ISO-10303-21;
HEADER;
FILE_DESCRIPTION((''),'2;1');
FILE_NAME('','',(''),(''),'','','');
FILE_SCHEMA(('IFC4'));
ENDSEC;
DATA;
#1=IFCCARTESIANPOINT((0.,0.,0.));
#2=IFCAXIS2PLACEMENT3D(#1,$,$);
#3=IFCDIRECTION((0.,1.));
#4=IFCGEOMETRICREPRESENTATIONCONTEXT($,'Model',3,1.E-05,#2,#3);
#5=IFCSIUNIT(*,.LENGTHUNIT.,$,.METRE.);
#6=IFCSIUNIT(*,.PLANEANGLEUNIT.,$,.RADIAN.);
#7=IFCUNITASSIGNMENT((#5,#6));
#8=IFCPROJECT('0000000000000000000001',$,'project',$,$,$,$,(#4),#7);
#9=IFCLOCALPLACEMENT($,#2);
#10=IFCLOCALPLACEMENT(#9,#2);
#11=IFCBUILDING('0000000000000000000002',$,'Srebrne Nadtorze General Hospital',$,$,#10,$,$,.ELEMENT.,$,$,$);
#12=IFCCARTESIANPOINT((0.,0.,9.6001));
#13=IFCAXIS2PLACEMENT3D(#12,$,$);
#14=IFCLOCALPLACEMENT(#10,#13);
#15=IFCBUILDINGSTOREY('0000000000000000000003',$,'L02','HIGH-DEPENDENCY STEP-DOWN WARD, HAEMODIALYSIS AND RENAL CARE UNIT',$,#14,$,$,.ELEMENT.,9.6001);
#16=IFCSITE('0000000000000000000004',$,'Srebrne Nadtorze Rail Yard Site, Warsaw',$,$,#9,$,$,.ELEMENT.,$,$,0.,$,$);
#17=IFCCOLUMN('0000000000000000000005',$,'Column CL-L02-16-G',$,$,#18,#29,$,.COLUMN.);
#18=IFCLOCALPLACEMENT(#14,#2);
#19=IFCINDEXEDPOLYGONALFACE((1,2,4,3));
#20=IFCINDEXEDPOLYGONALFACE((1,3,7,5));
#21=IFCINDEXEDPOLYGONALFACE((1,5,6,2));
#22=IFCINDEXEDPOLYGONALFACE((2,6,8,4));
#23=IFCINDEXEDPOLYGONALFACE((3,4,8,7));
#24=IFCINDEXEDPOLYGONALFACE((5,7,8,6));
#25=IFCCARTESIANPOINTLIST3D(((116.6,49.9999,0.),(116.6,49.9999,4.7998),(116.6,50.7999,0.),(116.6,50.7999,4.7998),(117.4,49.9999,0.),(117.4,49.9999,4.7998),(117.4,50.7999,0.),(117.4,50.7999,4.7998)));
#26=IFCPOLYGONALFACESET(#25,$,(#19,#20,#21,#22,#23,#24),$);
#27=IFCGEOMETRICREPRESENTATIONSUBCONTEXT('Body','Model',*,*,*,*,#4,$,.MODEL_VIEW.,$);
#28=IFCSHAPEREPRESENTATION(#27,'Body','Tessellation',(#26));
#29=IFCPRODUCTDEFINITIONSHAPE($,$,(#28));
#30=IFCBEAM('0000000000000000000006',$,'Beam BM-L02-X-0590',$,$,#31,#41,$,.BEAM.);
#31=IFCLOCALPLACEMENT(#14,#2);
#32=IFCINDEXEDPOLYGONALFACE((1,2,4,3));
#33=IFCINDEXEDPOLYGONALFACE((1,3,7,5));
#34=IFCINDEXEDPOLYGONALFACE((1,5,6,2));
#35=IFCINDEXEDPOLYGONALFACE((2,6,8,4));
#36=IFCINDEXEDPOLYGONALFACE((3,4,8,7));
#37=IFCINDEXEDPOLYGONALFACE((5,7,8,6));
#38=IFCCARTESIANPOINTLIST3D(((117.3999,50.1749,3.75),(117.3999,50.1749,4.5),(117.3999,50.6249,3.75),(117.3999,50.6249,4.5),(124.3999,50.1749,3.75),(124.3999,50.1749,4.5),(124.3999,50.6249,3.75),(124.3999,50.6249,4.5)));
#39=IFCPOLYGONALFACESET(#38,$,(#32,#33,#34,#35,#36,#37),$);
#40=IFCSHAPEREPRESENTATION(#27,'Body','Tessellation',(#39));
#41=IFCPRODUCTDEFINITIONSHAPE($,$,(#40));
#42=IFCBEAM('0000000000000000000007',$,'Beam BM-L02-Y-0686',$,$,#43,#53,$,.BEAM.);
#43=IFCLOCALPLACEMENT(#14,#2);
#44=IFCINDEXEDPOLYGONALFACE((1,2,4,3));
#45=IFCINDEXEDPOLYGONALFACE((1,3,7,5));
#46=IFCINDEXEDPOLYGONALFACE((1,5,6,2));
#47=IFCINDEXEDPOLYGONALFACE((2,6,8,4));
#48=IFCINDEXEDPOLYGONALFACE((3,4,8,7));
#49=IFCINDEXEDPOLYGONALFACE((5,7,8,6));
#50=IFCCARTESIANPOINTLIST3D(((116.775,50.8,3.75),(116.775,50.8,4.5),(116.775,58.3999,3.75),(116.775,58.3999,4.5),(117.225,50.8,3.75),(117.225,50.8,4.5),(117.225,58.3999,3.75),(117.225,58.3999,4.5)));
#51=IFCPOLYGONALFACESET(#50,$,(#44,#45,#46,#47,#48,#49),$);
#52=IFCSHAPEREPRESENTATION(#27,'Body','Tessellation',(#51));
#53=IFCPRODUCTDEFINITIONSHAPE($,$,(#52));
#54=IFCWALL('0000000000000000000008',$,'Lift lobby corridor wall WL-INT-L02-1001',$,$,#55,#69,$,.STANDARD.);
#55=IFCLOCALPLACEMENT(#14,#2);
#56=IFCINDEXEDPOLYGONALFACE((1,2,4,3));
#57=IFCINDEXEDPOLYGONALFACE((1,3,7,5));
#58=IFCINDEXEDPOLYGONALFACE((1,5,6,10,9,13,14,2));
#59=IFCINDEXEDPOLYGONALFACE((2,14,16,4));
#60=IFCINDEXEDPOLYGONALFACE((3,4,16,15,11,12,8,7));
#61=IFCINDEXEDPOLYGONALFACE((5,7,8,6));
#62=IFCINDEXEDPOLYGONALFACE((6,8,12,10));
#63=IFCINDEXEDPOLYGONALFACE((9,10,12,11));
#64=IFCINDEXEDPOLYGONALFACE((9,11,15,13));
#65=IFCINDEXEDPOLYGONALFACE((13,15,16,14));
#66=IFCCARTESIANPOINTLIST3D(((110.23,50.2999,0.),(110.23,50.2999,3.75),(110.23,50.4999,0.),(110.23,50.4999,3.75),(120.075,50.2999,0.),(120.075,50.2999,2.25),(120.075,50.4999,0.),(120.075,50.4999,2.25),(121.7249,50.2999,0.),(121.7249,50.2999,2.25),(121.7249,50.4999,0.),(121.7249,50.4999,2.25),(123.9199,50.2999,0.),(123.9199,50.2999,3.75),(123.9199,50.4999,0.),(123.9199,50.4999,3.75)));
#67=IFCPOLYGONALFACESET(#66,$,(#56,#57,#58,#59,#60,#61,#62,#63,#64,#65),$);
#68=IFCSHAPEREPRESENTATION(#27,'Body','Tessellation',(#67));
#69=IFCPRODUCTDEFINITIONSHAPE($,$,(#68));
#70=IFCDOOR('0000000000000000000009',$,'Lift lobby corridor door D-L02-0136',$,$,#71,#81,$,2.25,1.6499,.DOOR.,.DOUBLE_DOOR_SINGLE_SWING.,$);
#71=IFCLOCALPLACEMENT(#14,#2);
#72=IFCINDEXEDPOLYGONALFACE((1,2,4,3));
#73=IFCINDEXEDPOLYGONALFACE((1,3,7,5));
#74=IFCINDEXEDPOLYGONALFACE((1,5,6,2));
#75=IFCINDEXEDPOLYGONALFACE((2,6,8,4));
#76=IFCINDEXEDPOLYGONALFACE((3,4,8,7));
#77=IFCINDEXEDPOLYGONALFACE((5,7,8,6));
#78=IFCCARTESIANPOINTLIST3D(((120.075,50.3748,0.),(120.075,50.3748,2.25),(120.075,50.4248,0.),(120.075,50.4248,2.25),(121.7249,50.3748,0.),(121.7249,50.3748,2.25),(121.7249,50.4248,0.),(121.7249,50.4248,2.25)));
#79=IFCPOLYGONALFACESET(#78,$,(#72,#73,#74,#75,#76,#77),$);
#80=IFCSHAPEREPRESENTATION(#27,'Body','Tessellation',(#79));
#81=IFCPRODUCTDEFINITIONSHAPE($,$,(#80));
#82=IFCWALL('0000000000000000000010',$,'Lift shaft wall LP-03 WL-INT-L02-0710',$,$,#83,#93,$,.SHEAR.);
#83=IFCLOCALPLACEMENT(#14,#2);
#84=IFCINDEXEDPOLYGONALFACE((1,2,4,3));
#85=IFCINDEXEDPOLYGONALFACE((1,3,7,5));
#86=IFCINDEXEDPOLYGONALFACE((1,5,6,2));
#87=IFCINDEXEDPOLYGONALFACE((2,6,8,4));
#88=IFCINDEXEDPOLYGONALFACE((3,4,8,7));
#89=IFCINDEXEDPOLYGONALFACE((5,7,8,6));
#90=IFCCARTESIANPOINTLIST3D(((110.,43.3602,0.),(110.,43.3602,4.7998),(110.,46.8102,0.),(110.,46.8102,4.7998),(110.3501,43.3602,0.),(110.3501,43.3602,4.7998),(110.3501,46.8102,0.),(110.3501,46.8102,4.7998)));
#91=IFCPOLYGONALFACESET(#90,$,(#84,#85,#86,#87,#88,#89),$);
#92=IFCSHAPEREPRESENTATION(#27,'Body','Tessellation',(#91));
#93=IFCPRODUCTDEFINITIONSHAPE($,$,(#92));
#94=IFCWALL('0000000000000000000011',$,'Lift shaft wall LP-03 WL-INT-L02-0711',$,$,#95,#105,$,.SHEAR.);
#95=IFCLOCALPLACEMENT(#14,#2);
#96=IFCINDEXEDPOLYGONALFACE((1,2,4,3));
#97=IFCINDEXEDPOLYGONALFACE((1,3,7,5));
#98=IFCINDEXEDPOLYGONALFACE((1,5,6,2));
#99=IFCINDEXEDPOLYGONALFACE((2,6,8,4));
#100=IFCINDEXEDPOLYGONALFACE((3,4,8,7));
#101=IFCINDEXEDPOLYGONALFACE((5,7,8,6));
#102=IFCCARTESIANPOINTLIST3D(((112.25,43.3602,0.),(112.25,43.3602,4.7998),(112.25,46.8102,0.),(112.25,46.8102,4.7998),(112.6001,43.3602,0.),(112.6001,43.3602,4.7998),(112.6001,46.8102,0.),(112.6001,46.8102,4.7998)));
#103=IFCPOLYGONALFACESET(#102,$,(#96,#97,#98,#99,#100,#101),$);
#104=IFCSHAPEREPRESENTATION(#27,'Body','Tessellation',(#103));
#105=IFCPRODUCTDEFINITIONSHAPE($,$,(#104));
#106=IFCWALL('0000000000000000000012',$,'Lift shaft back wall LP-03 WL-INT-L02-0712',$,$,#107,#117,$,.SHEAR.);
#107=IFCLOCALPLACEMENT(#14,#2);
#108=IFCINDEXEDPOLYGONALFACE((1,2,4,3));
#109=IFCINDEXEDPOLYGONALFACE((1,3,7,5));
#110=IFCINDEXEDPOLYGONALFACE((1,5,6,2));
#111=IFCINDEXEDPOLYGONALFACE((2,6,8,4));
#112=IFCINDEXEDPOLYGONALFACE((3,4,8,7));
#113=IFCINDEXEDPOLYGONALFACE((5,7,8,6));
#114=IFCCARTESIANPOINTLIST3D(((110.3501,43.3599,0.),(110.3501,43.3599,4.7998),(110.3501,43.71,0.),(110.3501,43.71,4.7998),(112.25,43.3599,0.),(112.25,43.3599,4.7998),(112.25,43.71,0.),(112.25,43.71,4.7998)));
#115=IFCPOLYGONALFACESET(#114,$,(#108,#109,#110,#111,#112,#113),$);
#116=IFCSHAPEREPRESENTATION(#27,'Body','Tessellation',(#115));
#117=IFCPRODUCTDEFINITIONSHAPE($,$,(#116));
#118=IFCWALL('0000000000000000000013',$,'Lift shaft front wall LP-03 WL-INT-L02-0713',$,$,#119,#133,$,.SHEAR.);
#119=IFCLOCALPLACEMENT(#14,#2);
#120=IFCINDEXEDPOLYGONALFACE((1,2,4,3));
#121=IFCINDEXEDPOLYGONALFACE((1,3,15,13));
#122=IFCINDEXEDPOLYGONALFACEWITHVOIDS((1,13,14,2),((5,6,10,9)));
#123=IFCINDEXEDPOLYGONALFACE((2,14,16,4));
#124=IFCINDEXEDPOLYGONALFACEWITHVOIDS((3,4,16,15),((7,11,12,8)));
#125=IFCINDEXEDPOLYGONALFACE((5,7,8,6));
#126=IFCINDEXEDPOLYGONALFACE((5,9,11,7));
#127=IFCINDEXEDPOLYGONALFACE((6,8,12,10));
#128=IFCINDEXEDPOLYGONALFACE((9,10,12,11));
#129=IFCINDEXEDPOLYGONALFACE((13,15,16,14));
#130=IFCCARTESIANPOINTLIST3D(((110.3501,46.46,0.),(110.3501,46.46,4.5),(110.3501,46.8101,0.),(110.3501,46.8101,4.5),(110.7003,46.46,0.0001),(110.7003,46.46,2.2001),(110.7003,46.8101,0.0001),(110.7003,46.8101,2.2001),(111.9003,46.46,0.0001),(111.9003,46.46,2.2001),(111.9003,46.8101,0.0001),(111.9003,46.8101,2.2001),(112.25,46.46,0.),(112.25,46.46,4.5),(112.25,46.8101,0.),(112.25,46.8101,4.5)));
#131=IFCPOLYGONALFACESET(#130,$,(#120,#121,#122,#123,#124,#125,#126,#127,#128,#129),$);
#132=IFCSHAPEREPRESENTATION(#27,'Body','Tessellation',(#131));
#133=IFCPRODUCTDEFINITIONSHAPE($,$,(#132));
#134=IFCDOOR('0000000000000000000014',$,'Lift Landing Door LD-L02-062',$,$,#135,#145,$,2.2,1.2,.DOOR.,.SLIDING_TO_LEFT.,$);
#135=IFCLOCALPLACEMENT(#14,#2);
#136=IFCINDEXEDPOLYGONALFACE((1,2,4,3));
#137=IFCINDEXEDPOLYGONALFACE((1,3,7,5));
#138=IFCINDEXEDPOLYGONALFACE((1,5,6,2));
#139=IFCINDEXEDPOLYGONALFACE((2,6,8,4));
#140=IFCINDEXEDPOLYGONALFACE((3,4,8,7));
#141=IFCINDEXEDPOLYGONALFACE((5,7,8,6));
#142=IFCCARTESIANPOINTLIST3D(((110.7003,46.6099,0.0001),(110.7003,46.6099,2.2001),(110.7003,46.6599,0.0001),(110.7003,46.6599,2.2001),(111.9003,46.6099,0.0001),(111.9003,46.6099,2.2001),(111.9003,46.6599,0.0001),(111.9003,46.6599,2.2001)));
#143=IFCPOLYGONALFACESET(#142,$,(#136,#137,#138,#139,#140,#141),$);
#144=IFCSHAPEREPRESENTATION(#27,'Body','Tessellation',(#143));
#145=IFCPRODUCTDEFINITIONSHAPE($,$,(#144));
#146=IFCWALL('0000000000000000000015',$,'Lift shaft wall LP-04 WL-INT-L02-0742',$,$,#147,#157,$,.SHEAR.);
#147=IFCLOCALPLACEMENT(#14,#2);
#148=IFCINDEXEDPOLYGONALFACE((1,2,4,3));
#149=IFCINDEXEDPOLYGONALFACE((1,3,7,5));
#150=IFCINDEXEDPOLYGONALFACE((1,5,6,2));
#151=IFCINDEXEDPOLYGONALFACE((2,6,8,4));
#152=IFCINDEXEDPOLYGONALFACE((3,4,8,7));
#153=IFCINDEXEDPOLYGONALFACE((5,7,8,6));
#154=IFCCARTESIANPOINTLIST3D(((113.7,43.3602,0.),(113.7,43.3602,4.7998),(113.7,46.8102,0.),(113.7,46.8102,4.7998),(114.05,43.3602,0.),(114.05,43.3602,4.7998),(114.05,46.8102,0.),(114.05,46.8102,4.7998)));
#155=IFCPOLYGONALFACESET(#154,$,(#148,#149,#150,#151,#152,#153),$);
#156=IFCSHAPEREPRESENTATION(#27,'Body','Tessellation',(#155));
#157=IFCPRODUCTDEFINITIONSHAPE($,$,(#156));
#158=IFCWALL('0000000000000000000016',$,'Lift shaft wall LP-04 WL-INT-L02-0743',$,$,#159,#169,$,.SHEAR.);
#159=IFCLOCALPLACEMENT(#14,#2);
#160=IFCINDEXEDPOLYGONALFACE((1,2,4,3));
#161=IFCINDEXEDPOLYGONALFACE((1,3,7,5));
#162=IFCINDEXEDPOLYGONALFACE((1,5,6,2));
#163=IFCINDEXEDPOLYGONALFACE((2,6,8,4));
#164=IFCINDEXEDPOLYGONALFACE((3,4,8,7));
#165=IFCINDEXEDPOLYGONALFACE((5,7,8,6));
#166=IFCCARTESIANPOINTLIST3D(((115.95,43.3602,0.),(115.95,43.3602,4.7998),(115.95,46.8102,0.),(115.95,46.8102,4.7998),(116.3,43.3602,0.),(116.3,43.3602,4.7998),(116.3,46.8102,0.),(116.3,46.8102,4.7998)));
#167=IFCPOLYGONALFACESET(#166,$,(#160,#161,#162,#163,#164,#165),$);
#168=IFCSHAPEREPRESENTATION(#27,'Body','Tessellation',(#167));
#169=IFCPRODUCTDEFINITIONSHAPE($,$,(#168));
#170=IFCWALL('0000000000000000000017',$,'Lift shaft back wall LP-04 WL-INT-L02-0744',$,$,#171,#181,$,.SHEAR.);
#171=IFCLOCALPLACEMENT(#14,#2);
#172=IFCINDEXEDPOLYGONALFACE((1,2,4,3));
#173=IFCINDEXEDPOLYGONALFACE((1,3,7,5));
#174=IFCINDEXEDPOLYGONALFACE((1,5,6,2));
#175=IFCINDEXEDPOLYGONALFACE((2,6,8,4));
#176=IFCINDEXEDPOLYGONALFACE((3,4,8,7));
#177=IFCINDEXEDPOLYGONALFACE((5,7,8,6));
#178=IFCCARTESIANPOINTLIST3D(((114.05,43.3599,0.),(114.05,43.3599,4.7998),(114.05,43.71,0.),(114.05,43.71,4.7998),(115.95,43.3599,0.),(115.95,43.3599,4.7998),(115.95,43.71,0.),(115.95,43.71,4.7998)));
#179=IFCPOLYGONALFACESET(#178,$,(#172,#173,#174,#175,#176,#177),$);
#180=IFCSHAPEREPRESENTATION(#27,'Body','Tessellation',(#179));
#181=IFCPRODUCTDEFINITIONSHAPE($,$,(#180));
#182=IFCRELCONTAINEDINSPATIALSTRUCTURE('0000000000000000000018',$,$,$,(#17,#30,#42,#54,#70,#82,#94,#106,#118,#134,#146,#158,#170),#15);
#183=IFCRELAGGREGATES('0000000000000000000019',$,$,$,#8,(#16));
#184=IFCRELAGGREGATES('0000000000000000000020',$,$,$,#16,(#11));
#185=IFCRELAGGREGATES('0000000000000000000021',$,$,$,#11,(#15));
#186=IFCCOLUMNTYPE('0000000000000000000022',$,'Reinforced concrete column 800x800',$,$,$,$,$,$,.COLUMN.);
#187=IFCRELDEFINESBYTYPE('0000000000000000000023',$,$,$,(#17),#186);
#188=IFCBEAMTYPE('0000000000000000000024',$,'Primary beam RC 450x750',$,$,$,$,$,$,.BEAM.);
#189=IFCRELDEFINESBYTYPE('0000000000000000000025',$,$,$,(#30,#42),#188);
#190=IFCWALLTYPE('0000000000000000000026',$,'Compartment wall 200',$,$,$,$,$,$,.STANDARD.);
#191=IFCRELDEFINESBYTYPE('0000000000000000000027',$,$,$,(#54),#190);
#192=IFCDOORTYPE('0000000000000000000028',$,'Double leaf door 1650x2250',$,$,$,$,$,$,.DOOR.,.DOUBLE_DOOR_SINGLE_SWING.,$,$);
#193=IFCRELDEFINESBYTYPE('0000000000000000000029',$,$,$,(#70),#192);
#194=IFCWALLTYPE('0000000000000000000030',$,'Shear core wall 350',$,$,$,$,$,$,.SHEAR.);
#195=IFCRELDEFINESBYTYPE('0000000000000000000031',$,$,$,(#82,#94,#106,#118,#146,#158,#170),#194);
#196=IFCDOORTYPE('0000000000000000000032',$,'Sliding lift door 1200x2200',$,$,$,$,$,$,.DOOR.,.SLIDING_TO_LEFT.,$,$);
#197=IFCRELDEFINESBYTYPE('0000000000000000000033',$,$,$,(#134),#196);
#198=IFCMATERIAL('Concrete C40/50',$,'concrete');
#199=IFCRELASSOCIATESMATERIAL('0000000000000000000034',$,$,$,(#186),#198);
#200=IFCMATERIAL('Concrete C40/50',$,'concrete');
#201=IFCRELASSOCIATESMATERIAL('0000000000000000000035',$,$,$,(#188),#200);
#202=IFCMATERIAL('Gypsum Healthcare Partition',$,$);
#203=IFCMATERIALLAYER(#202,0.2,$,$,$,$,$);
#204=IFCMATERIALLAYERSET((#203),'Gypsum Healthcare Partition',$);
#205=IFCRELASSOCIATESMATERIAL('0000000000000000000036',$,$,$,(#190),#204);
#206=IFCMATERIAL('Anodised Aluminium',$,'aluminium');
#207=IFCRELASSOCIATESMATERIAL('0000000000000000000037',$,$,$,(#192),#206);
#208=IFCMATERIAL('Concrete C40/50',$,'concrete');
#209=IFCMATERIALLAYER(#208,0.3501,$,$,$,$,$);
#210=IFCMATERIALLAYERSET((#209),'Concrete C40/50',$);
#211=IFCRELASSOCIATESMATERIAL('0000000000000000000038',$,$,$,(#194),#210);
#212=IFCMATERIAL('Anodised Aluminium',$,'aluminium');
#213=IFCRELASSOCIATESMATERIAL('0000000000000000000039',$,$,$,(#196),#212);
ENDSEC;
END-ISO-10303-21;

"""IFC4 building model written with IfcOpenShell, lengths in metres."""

from ifc_helpers import new_model, si_unit, direction, frame, frame_2d, origin, origin_2d, place, context, subcontext, project, spatial, rectangle, extrude, material, layer, layer_set, material_profile, profile_set, type_object, element, fill, save


model = new_model("IFC4")

# Units and contexts
model_context = context("Model", 3, precision=1e-05, world=origin(), true_north=direction((0.0, 1.0)))
body_context = subcontext(model_context, "Body", "Model", "MODEL_VIEW")
ifc_project = project(units=[si_unit("LENGTHUNIT", "METRE"), si_unit("PLANEANGLEUNIT", "RADIAN")], contexts=[model_context])

# Site, building, storey
site_placement = place(None, origin())
site = spatial("IfcSite", under=ifc_project, at=site_placement, Name="Srebrne Nadtorze Rail Yard Site, Warsaw", CompositionType="ELEMENT", RefElevation=0.0)
building_placement = place(site_placement, origin())
building = spatial("IfcBuilding", under=site, at=building_placement, Name="Srebrne Nadtorze General Hospital", CompositionType="ELEMENT")
storey_placement = place(building_placement, frame((0.0, 0.0, 9.6001)))
storey = spatial("IfcBuildingStorey", under=building, at=storey_placement, Name="L02", Description="HIGH-DEPENDENCY STEP-DOWN WARD, HAEMODIALYSIS AND RENAL CARE UNIT", CompositionType="ELEMENT", Elevation=9.6001)

# Column
ifc_material_1 = material(Name="Concrete C40/50", Category="concrete")
ifc_material_profile_1 = material_profile(ifc_material_1, rectangle(XDim=0.8, YDim=0.8, at=origin_2d()), Name="RC-COL-800x800")
ifc_profile_set_1 = profile_set([ifc_material_profile_1], Name="Concrete C40/50")
column_type = type_object("IfcColumnType", Name="Reinforced concrete column 800x800", PredefinedType="COLUMN", material=ifc_profile_set_1)
column_placement = place(storey_placement, frame((117.0, 50.3999, 0.0), z_axis=(0.0, 0.0, 1.0), x_axis=(1.0, 0.0, 0.0)))
element("IfcColumn", 1, at=column_placement, inside=storey, type_object=column_type, Name="Column CL-L02-16-G", PredefinedType="COLUMN", context=body_context, shape_type="SweptSolid", body=[
    extrude(rectangle(XDim=0.8, YDim=0.8, at=origin_2d()), origin(), (0.0, 0.0, 1.0), 4.7998),
])

# Beams
ifc_material_2 = material(Name="Concrete C40/50", Category="concrete")
ifc_material_profile_2 = material_profile(ifc_material_2, rectangle(XDim=0.45, YDim=0.75, at=origin_2d()), Name="RC-BM-450x750")
ifc_profile_set_2 = profile_set([ifc_material_profile_2], Name="Concrete C40/50")
beam_type = type_object("IfcBeamType", Name="Primary beam RC 450x750", PredefinedType="BEAM", material=ifc_profile_set_2)
beam_1_placement = place(storey_placement, frame((117.3999, 50.3999, 4.125), z_axis=(1.0, 0.0, 0.0), x_axis=(0.0, 1.0, 0.0)))
element("IfcBeam", 2, at=beam_1_placement, inside=storey, type_object=beam_type, Name="Beam BM-L02-X-0590", PredefinedType="BEAM", context=body_context, shape_type="SweptSolid", body=[
    extrude(rectangle(XDim=0.45, YDim=0.75, at=origin_2d()), origin(), (0.0, 0.0, 1.0), 7.0),
])
beam_2_placement = place(storey_placement, frame((117.0, 50.8, 4.125), z_axis=(0.0, 1.0, 0.0), x_axis=(-1.0, 0.0, 0.0)))
element("IfcBeam", 3, at=beam_2_placement, inside=storey, type_object=beam_type, Name="Beam BM-L02-Y-0686", PredefinedType="BEAM", context=body_context, shape_type="SweptSolid", body=[
    extrude(rectangle(XDim=0.45, YDim=0.75, at=origin_2d()), origin(), (0.0, 0.0, 1.0), 7.5999),
])

# Wall, opening, door
ifc_material_3 = material(Name="Gypsum Healthcare Partition")
ifc_layer_1 = layer(ifc_material_3, 0.2)
ifc_layer_set_1 = layer_set([ifc_layer_1], Name="Gypsum Healthcare Partition")
wall_type_1 = type_object("IfcWallType", Name="Compartment wall 200", PredefinedType="STANDARD", material=ifc_layer_set_1)
wall_1_placement = place(storey_placement, frame((110.23, 50.3999, 0.0), z_axis=(0.0, 0.0, 1.0), x_axis=(1.0, 0.0, 0.0)))
wall_1 = element("IfcWall", 4, at=wall_1_placement, inside=storey, type_object=wall_type_1, Name="Lift lobby corridor wall WL-INT-L02-1001", PredefinedType="STANDARD", context=body_context, shape_type="SweptSolid", body=[
    extrude(rectangle(XDim=13.6899, YDim=0.2, at=frame_2d((6.845, 0.0))), origin(), (0.0, 0.0, 1.0), 3.75),
])
opening_1_placement = place(wall_1_placement, frame((9.845, 0.0, 0.0)))
opening_1 = element("IfcOpeningElement", 5, at=opening_1_placement, cuts=wall_1, PredefinedType="OPENING", context=body_context, shape_type="SweptSolid", body=[
    extrude(rectangle(XDim=1.6499, YDim=2.25, at=frame_2d((0.825, 1.125))), frame((0.0, 0.1118, 0.0), z_axis=(0.0, -1.0, 0.0), x_axis=(1.0, 0.0, 0.0)), (0.0, 0.0, 1.0), 0.2239),
])
ifc_material_4 = material(Name="Anodised Aluminium", Category="aluminium")
door_type_1 = type_object("IfcDoorType", Name="Double leaf door 1650x2250", OperationType="DOUBLE_DOOR_SINGLE_SWING", PredefinedType="DOOR", material=ifc_material_4)
door_1_placement = place(opening_1_placement, origin())
door_1 = element("IfcDoor", 6, at=door_1_placement, inside=storey, type_object=door_type_1, Name="Lift lobby corridor door D-L02-0136", OperationType="DOUBLE_DOOR_SINGLE_SWING", OverallHeight=2.25, OverallWidth=1.6499, PredefinedType="DOOR", context=body_context, shape_type="SweptSolid", body=[
    extrude(rectangle(XDim=1.6499, YDim=2.25, at=frame_2d((0.825, 1.125))), frame((0.0, 0.0249, 0.0), z_axis=(0.0, -1.0, 0.0), x_axis=(1.0, 0.0, 0.0)), (0.0, 0.0, 1.0), 0.05),
])
fill(opening_1, door_1)

# Walls
ifc_material_5 = material(Name="Concrete C40/50", Category="concrete")
ifc_layer_2 = layer(ifc_material_5, 0.3501)
ifc_layer_set_2 = layer_set([ifc_layer_2], Name="Concrete C40/50")
wall_type_2 = type_object("IfcWallType", Name="Shear core wall 350", PredefinedType="SHEAR", material=ifc_layer_set_2)
for number, where, z_axis, x_axis, name in (
    (7, (110.175, 43.3601, 0.0), (0.0, 0.0, 1.0), (0.0, 1.0, 0.0), "Lift shaft wall LP-03 WL-INT-L02-0710"),
    (8, (112.425, 43.3601, 0.0), (0.0, 0.0, 1.0), (0.0, 1.0, 0.0), "Lift shaft wall LP-03 WL-INT-L02-0711"),
):
    element("IfcWall", number, at=place(storey_placement, frame(where, z_axis=z_axis, x_axis=x_axis)), inside=storey, type_object=wall_type_2, Name=name, PredefinedType="SHEAR", context=body_context, shape_type="SweptSolid", body=[
        extrude(rectangle(XDim=3.45, YDim=0.3501, at=frame_2d((1.7251, 0.0))), origin(), (0.0, 0.0, 1.0), 4.7998),
    ])
wall_2_placement = place(storey_placement, frame((110.3501, 43.5349, 0.0), z_axis=(0.0, 0.0, 1.0), x_axis=(1.0, 0.0, 0.0)))
element("IfcWall", 9, at=wall_2_placement, inside=storey, type_object=wall_type_2, Name="Lift shaft back wall LP-03 WL-INT-L02-0712", PredefinedType="SHEAR", context=body_context, shape_type="SweptSolid", body=[
    extrude(rectangle(XDim=1.8999, YDim=0.3501, at=frame_2d((0.95, 0.0))), origin(), (0.0, 0.0, 1.0), 4.7998),
])

# Wall, opening, door
wall_3_placement = place(storey_placement, frame((110.3501, 46.635, 0.0), z_axis=(0.0, 0.0, 1.0), x_axis=(1.0, 0.0, 0.0)))
wall_3 = element("IfcWall", 10, at=wall_3_placement, inside=storey, type_object=wall_type_2, Name="Lift shaft front wall LP-03 WL-INT-L02-0713", PredefinedType="SHEAR", context=body_context, shape_type="SweptSolid", body=[
    extrude(rectangle(XDim=1.8999, YDim=0.3501, at=frame_2d((0.95, 0.0))), origin(), (0.0, 0.0, 1.0), 4.5),
])
opening_2_placement = place(wall_3_placement, frame((0.3501, 0.0, 0.0)))
opening_2 = element("IfcOpeningElement", 11, at=opening_2_placement, cuts=wall_3, PredefinedType="OPENING", context=body_context, shape_type="SweptSolid", body=[
    extrude(rectangle(XDim=1.2, YDim=2.2, at=frame_2d((0.6001, 1.1001))), frame((0.0, 0.187, 0.0), z_axis=(0.0, -1.0, 0.0), x_axis=(1.0, 0.0, 0.0)), (0.0, 0.0, 1.0), 0.374),
])
ifc_material_6 = material(Name="Anodised Aluminium", Category="aluminium")
door_type_2 = type_object("IfcDoorType", Name="Sliding lift door 1200x2200", OperationType="SLIDING_TO_LEFT", PredefinedType="DOOR", material=ifc_material_6)
door_2_placement = place(opening_2_placement, origin())
door_2 = element("IfcDoor", 12, at=door_2_placement, inside=storey, type_object=door_type_2, Name="Lift Landing Door LD-L02-062", OperationType="SLIDING_TO_LEFT", OverallHeight=2.2, OverallWidth=1.2, PredefinedType="DOOR", context=body_context, shape_type="SweptSolid", body=[
    extrude(rectangle(XDim=1.2, YDim=2.2, at=frame_2d((0.6001, 1.1001))), frame((0.0, 0.0249, 0.0), z_axis=(0.0, -1.0, 0.0), x_axis=(1.0, 0.0, 0.0)), (0.0, 0.0, 1.0), 0.05),
])
fill(opening_2, door_2)

# Walls
for number, where, z_axis, x_axis, name in (
    (13, (113.875, 43.3601, 0.0), (0.0, 0.0, 1.0), (0.0, 1.0, 0.0), "Lift shaft wall LP-04 WL-INT-L02-0742"),
    (14, (116.125, 43.3601, 0.0), (0.0, 0.0, 1.0), (0.0, 1.0, 0.0), "Lift shaft wall LP-04 WL-INT-L02-0743"),
):
    element("IfcWall", number, at=place(storey_placement, frame(where, z_axis=z_axis, x_axis=x_axis)), inside=storey, type_object=wall_type_2, Name=name, PredefinedType="SHEAR", context=body_context, shape_type="SweptSolid", body=[
        extrude(rectangle(XDim=3.45, YDim=0.3501, at=frame_2d((1.7251, 0.0))), origin(), (0.0, 0.0, 1.0), 4.7998),
    ])
wall_4_placement = place(storey_placement, frame((114.05, 43.5349, 0.0), z_axis=(0.0, 0.0, 1.0), x_axis=(1.0, 0.0, 0.0)))
element("IfcWall", 15, at=wall_4_placement, inside=storey, type_object=wall_type_2, Name="Lift shaft back wall LP-04 WL-INT-L02-0744", PredefinedType="SHEAR", context=body_context, shape_type="SweptSolid", body=[
    extrude(rectangle(XDim=1.8999, YDim=0.3501, at=frame_2d((0.95, 0.0))), origin(), (0.0, 0.0, 1.0), 4.7998),
])

save(model, "model.ifc")
